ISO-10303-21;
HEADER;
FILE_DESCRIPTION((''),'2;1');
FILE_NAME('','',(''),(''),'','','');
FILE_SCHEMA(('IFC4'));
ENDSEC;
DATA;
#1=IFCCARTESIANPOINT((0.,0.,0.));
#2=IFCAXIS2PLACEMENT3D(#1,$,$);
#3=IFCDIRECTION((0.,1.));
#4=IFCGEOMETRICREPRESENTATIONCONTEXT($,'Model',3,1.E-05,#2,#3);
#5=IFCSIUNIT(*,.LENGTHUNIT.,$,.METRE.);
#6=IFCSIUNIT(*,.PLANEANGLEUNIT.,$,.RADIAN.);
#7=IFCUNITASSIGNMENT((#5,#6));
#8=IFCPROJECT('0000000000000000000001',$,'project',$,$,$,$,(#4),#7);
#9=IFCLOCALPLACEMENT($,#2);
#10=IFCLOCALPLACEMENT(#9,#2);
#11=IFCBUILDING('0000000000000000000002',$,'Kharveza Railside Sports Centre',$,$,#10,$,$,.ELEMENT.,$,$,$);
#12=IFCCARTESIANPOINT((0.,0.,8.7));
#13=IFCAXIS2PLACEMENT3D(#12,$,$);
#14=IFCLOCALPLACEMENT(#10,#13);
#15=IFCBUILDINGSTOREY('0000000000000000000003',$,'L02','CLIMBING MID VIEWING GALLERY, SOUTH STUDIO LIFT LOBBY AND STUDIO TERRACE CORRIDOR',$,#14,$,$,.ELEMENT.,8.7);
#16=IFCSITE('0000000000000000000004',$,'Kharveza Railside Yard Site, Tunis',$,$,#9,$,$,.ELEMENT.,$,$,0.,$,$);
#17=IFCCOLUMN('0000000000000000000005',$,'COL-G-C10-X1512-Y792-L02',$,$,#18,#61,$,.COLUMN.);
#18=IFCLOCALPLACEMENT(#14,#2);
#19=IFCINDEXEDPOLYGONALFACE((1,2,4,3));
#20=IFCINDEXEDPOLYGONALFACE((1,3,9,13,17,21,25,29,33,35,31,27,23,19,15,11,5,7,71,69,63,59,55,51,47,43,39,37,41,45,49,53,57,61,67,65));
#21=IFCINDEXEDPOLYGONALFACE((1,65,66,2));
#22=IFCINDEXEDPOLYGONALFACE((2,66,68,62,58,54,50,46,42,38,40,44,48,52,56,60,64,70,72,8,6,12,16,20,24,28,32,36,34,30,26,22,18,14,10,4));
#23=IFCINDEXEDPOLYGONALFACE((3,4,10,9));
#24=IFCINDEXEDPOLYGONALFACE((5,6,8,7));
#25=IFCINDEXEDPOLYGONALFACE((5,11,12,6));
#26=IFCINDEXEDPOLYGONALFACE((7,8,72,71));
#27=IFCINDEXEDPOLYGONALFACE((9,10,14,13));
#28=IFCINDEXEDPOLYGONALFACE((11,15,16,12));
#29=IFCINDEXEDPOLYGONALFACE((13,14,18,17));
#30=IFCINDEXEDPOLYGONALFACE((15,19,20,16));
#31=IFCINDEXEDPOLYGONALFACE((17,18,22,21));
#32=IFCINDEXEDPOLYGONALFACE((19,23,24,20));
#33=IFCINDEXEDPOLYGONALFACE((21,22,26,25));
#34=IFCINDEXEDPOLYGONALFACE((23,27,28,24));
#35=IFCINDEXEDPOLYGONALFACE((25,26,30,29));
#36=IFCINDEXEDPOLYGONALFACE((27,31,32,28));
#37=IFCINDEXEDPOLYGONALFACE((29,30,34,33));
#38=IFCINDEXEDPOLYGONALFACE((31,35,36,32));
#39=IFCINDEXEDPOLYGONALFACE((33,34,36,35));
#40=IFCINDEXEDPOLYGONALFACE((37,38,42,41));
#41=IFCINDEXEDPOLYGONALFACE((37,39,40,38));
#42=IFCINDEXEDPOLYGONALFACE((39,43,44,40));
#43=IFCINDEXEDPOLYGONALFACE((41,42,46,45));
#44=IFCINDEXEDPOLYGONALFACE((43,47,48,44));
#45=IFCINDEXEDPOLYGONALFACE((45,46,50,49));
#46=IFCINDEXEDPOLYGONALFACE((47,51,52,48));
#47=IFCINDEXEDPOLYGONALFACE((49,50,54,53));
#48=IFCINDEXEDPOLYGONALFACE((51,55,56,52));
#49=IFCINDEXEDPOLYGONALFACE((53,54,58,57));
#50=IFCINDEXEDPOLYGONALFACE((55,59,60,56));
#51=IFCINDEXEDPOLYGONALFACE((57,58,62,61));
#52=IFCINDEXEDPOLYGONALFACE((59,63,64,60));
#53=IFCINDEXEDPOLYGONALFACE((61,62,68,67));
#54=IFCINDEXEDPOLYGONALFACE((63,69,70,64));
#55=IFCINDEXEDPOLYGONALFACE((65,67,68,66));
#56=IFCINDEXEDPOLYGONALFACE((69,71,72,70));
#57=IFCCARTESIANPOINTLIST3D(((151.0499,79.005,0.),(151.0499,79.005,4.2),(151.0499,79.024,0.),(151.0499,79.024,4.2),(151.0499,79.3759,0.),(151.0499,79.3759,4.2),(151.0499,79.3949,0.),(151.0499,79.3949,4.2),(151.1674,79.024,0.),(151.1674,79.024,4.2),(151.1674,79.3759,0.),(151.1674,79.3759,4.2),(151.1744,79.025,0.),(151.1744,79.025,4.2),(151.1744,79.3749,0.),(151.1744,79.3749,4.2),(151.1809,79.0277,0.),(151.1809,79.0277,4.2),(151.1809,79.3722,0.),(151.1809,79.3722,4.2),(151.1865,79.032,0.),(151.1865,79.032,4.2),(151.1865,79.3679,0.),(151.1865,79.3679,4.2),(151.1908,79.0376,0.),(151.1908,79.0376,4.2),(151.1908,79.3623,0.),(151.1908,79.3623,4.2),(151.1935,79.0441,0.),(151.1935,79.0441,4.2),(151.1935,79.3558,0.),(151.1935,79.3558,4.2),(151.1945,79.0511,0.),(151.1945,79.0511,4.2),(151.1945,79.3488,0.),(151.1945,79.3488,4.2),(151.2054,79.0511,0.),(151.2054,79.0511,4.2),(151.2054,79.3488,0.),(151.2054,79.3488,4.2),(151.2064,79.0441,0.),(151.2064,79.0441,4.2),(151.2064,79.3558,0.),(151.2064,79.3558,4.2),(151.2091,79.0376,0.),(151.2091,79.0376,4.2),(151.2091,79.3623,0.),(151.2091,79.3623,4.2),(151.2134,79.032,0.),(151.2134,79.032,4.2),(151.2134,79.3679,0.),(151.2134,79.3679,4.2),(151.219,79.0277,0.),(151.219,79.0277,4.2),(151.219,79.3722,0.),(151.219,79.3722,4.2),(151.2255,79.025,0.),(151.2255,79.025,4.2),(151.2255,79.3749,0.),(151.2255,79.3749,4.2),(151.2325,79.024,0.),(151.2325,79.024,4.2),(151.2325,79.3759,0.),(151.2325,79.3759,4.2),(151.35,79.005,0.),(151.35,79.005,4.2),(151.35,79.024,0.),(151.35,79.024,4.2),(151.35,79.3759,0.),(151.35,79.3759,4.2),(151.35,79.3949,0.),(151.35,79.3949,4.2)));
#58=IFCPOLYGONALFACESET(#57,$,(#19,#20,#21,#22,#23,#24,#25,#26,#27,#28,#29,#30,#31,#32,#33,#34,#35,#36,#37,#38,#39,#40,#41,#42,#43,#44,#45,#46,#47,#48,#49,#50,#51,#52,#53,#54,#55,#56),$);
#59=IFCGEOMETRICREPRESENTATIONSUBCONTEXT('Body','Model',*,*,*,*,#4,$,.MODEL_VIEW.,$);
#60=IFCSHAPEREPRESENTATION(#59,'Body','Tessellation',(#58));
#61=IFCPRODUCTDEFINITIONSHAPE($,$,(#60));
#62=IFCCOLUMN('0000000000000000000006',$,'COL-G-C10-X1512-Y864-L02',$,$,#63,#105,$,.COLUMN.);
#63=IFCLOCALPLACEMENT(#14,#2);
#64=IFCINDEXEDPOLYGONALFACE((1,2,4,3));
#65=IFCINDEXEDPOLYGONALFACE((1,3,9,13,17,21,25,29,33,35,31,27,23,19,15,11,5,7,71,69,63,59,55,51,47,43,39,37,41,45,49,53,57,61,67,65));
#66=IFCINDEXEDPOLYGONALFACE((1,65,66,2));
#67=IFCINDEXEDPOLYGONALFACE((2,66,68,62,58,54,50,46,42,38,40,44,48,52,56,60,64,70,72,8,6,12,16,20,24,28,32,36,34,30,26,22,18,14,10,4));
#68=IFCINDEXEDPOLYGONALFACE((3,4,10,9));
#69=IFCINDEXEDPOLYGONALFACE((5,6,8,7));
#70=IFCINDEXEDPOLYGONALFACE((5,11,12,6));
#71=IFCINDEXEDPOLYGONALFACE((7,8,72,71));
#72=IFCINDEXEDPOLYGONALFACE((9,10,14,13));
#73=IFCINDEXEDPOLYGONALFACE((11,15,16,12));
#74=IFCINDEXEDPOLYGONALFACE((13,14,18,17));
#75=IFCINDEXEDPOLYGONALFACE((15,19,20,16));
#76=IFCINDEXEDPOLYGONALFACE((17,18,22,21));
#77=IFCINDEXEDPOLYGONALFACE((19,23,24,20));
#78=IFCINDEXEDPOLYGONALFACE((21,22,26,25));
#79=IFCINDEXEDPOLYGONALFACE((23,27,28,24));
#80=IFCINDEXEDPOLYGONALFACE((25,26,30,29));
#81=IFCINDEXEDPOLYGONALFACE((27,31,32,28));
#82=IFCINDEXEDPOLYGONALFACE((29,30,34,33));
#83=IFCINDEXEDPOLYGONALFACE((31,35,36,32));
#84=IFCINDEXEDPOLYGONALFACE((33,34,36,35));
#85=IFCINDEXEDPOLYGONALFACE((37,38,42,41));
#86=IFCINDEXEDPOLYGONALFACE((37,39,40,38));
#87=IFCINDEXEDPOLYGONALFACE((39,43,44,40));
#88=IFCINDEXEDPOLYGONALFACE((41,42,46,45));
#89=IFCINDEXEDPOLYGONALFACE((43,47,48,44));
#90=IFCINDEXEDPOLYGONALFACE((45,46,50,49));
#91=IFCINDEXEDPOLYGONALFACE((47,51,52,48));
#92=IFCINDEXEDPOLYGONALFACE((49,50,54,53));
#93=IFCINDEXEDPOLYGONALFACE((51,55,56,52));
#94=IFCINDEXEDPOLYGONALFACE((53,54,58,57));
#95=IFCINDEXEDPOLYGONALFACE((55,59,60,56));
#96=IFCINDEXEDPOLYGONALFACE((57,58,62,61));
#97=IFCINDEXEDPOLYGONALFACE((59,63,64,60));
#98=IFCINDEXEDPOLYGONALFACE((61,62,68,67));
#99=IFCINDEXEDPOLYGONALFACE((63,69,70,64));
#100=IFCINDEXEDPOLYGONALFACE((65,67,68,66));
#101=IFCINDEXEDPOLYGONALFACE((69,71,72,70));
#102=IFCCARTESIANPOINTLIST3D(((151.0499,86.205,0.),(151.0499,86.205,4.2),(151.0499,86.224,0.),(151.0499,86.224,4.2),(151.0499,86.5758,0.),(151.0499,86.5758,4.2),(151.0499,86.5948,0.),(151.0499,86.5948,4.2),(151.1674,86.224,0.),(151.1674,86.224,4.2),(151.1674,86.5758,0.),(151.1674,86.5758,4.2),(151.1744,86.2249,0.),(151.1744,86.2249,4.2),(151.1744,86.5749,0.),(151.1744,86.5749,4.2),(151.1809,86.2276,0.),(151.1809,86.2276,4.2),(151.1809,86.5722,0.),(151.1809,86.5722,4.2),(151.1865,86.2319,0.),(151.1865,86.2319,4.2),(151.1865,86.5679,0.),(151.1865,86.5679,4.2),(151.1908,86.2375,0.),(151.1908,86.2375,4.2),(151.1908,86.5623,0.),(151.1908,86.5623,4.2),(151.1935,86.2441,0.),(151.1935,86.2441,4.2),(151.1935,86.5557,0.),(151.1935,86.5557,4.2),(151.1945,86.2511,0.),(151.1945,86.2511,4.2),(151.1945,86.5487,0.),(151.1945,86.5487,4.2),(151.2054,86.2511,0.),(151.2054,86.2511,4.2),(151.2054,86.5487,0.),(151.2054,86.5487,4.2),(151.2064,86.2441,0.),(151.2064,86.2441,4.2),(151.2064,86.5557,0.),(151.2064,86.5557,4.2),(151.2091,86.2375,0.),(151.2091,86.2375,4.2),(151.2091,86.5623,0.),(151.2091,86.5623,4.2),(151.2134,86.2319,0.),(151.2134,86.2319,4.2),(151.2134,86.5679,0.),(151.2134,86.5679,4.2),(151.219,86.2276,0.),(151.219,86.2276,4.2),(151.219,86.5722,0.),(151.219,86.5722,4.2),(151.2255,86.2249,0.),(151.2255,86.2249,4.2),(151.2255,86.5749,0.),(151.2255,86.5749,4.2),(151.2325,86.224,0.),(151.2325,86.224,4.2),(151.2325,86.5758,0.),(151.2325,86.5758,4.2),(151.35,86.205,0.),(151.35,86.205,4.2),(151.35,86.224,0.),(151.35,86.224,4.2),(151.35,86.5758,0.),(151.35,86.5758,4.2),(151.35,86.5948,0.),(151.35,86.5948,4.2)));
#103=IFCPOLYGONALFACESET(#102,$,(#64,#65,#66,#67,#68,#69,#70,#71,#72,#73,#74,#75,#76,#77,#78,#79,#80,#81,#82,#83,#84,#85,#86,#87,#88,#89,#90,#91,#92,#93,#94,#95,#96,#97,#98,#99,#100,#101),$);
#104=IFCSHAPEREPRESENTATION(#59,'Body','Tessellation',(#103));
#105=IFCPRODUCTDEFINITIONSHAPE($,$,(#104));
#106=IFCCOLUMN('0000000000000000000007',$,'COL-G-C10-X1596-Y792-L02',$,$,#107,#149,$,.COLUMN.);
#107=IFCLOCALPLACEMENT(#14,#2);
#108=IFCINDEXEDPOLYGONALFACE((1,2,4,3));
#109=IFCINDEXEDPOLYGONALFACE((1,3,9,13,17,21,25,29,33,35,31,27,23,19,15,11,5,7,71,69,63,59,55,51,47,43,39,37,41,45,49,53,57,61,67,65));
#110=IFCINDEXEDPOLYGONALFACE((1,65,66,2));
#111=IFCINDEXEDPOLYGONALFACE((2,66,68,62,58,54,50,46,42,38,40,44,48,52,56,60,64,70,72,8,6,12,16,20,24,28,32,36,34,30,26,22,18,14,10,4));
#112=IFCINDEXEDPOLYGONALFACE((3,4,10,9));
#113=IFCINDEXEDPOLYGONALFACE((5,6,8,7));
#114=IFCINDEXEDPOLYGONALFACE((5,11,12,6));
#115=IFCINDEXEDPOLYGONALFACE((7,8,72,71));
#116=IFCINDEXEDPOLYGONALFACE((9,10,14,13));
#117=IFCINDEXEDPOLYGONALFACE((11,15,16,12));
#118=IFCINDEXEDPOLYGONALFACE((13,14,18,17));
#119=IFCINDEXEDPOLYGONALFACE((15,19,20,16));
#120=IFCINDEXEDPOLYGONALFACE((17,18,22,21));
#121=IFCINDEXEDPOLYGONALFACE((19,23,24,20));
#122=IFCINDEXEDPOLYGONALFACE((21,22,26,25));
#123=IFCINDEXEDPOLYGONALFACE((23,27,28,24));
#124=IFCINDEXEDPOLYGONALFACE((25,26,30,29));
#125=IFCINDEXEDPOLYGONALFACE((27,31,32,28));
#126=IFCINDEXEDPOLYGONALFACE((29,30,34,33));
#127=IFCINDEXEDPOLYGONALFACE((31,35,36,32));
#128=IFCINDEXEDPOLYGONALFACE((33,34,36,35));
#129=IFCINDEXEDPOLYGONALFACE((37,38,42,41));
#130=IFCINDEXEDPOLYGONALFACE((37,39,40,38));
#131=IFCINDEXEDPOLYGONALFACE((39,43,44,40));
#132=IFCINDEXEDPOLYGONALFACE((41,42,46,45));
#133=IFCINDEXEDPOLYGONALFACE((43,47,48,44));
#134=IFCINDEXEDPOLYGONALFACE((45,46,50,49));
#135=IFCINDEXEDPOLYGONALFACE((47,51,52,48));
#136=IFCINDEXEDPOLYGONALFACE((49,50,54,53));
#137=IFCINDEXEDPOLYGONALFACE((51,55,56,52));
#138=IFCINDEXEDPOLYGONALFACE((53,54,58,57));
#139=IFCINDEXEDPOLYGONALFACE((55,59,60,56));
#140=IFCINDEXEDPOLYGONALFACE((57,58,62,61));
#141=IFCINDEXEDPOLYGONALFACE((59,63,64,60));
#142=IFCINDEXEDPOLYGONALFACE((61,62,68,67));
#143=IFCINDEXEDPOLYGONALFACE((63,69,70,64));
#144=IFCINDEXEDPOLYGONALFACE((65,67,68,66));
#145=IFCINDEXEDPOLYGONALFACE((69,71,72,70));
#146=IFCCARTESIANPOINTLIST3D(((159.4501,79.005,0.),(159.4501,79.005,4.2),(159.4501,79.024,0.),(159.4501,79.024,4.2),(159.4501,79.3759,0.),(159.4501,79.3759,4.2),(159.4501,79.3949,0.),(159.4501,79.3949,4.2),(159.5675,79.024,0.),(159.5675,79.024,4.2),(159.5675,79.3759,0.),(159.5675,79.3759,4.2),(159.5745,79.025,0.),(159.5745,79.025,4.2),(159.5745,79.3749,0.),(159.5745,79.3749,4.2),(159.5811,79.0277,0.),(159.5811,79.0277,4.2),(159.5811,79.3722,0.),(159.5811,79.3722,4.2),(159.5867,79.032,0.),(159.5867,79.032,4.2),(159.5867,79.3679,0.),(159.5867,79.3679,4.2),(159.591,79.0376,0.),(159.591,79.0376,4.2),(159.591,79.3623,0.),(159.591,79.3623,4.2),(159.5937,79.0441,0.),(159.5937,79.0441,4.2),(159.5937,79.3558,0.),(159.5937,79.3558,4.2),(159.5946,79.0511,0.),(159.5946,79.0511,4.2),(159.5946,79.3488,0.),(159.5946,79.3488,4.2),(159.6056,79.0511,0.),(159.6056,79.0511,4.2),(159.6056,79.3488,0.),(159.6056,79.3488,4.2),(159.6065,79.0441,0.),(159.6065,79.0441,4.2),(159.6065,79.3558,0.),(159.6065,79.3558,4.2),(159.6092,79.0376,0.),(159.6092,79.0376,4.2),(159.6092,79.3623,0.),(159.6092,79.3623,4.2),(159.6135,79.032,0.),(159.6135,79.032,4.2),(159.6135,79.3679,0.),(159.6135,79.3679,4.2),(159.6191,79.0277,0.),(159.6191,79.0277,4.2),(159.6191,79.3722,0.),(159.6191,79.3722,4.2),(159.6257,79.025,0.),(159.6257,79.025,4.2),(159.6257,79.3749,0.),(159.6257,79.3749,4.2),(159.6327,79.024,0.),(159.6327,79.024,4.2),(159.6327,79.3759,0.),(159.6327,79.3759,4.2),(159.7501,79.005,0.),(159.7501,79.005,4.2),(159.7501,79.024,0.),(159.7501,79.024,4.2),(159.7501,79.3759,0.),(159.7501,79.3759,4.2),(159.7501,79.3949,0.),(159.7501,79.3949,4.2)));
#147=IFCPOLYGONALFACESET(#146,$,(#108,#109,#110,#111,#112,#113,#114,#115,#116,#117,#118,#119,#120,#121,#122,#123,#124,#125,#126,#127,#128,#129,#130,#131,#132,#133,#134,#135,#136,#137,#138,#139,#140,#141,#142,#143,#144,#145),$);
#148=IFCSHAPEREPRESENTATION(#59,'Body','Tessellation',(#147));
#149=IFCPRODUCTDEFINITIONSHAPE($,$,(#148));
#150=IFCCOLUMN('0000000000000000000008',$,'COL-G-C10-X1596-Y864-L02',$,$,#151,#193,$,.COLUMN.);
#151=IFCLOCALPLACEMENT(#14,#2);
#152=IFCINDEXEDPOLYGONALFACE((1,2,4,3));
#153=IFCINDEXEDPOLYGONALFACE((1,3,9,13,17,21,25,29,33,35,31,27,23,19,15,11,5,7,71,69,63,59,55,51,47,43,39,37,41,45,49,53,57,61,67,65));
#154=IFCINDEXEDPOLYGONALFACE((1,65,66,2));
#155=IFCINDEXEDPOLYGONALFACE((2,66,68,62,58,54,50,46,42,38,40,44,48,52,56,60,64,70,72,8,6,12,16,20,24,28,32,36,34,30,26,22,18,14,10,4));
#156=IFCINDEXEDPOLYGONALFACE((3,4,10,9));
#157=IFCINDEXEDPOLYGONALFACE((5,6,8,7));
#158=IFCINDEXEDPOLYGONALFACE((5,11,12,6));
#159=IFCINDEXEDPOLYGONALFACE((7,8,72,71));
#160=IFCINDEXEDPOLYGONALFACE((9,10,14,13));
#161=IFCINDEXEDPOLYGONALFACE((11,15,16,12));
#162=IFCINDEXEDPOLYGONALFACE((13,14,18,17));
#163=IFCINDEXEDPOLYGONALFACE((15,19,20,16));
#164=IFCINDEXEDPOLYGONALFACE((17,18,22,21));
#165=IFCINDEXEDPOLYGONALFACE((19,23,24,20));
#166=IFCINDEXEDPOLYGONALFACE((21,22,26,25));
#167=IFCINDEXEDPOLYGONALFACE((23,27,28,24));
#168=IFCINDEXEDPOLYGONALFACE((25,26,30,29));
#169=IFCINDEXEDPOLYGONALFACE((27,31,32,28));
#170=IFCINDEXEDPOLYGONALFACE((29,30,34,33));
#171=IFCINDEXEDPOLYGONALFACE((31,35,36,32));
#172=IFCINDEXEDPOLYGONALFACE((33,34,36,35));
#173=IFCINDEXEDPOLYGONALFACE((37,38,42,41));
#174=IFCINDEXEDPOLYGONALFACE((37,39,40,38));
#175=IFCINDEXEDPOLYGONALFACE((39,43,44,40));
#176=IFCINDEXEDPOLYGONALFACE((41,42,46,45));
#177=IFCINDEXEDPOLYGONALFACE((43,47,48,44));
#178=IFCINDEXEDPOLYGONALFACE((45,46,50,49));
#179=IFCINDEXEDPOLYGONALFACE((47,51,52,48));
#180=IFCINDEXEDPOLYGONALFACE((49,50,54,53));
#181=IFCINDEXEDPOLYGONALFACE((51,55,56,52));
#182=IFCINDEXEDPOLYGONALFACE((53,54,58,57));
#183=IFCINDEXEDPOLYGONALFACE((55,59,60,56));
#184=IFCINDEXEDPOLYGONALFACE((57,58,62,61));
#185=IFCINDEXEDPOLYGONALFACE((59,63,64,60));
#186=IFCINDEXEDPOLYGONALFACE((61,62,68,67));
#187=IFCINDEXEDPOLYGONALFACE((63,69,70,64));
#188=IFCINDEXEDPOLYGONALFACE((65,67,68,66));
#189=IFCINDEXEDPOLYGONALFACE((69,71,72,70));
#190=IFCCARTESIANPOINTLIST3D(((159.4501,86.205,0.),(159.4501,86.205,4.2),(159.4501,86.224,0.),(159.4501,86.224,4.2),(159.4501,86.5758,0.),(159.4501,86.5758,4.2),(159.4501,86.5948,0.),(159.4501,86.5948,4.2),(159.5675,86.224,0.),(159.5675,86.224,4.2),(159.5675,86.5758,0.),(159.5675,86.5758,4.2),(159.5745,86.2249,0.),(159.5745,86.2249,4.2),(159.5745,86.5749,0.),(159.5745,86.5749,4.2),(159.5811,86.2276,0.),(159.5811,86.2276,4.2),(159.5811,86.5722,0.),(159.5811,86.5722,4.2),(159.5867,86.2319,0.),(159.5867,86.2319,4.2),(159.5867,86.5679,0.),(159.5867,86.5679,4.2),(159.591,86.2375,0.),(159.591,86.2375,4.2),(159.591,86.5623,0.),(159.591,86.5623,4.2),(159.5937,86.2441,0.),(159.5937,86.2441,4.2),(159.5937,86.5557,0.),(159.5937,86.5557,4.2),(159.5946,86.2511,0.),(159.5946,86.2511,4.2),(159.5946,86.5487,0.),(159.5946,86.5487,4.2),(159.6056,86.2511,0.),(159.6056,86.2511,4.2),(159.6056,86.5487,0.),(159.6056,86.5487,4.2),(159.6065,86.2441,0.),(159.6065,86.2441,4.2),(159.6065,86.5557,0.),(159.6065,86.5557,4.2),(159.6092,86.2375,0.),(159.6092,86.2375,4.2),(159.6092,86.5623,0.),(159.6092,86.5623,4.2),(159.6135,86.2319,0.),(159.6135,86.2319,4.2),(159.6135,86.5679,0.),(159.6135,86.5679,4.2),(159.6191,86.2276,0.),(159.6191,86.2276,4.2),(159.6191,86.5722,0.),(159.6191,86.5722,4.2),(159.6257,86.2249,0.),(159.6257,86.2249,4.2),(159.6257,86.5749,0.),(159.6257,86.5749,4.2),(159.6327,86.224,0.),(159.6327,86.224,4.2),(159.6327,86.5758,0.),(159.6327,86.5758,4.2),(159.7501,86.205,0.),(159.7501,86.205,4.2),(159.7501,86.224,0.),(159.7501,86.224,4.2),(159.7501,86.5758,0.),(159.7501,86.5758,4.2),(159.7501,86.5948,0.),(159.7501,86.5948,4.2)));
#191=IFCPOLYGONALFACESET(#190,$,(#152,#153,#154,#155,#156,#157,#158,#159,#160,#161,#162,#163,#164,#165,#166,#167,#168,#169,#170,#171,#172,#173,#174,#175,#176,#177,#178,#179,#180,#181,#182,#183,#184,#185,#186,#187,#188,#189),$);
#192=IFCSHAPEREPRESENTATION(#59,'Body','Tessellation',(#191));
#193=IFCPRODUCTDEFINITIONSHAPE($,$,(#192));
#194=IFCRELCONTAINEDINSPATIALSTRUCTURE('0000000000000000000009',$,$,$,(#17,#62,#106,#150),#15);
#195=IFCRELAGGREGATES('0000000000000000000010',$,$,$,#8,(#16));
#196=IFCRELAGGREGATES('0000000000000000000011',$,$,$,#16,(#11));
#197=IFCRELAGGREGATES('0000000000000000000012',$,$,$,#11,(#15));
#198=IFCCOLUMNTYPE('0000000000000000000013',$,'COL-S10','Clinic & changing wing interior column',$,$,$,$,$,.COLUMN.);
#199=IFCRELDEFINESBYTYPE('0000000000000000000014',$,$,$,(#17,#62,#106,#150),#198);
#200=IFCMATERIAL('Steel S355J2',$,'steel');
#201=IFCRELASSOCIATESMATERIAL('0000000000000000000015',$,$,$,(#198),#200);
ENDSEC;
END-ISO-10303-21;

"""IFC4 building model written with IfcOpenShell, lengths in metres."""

from ifc_helpers import new_model, si_unit, direction, frame, origin, origin_2d, place, context, subcontext, project, spatial, i_section, extrude, material, material_profile, profile_set, type_object, element, save


model = new_model("IFC4")

# Units and contexts
model_context = context("Model", 3, precision=1e-05, world=origin(), true_north=direction((0.0, 1.0)))
body_context = subcontext(model_context, "Body", "Model", "MODEL_VIEW")
ifc_project = project(units=[si_unit("LENGTHUNIT", "METRE"), si_unit("PLANEANGLEUNIT", "RADIAN")], contexts=[model_context])

# Site, building, storey
site_placement = place(None, origin())
site = spatial("IfcSite", under=ifc_project, at=site_placement, Name="Kharveza Railside Yard Site, Tunis", CompositionType="ELEMENT", RefElevation=0.0)
building_placement = place(site_placement, origin())
building = spatial("IfcBuilding", under=site, at=building_placement, Name="Kharveza Railside Sports Centre", CompositionType="ELEMENT")
storey_placement = place(building_placement, frame((0.0, 0.0, 8.7)))
storey = spatial("IfcBuildingStorey", under=building, at=storey_placement, Name="L02", Description="CLIMBING MID VIEWING GALLERY, SOUTH STUDIO LIFT LOBBY AND STUDIO TERRACE CORRIDOR", CompositionType="ELEMENT", Elevation=8.7)

# Columns
ifc_material_1 = material(Name="Steel S355J2", Category="steel")
ifc_material_profile_1 = material_profile(ifc_material_1, i_section(OverallWidth=0.3, OverallDepth=0.3899, WebThickness=0.011, FlangeThickness=0.019, FilletRadius=0.0271, at=origin_2d()), Name="HEA 400")
ifc_profile_set_1 = profile_set([ifc_material_profile_1], Name="Steel S355J2")
column_type = type_object("IfcColumnType", Name="COL-S10", Description="Clinic & changing wing interior column", PredefinedType="COLUMN", material=ifc_profile_set_1)
for number, where, z_axis, x_axis, name in (
    (1, (151.2, 79.2, 0.0), (0.0, 0.0, 1.0), (1.0, 0.0, 0.0), "COL-G-C10-X1512-Y792-L02"),
    (2, (151.2, 86.3999, 0.0), (0.0, 0.0, 1.0), (1.0, 0.0, 0.0), "COL-G-C10-X1512-Y864-L02"),
    (3, (159.6001, 79.2, 0.0), (0.0, 0.0, 1.0), (1.0, 0.0, 0.0), "COL-G-C10-X1596-Y792-L02"),
    (4, (159.6001, 86.3999, 0.0), (0.0, 0.0, 1.0), (1.0, 0.0, 0.0), "COL-G-C10-X1596-Y864-L02"),
):
    element("IfcColumn", number, at=place(storey_placement, frame(where, z_axis=z_axis, x_axis=x_axis)), inside=storey, type_object=column_type, Name=name, PredefinedType="COLUMN", context=body_context, shape_type="SweptSolid", body=[
        extrude(i_section(OverallWidth=0.3, OverallDepth=0.3899, WebThickness=0.011, FlangeThickness=0.019, FilletRadius=0.0271, at=origin_2d()), origin(), (0.0, 0.0, 1.0), 4.2),
    ])

save(model, "model.ifc")
